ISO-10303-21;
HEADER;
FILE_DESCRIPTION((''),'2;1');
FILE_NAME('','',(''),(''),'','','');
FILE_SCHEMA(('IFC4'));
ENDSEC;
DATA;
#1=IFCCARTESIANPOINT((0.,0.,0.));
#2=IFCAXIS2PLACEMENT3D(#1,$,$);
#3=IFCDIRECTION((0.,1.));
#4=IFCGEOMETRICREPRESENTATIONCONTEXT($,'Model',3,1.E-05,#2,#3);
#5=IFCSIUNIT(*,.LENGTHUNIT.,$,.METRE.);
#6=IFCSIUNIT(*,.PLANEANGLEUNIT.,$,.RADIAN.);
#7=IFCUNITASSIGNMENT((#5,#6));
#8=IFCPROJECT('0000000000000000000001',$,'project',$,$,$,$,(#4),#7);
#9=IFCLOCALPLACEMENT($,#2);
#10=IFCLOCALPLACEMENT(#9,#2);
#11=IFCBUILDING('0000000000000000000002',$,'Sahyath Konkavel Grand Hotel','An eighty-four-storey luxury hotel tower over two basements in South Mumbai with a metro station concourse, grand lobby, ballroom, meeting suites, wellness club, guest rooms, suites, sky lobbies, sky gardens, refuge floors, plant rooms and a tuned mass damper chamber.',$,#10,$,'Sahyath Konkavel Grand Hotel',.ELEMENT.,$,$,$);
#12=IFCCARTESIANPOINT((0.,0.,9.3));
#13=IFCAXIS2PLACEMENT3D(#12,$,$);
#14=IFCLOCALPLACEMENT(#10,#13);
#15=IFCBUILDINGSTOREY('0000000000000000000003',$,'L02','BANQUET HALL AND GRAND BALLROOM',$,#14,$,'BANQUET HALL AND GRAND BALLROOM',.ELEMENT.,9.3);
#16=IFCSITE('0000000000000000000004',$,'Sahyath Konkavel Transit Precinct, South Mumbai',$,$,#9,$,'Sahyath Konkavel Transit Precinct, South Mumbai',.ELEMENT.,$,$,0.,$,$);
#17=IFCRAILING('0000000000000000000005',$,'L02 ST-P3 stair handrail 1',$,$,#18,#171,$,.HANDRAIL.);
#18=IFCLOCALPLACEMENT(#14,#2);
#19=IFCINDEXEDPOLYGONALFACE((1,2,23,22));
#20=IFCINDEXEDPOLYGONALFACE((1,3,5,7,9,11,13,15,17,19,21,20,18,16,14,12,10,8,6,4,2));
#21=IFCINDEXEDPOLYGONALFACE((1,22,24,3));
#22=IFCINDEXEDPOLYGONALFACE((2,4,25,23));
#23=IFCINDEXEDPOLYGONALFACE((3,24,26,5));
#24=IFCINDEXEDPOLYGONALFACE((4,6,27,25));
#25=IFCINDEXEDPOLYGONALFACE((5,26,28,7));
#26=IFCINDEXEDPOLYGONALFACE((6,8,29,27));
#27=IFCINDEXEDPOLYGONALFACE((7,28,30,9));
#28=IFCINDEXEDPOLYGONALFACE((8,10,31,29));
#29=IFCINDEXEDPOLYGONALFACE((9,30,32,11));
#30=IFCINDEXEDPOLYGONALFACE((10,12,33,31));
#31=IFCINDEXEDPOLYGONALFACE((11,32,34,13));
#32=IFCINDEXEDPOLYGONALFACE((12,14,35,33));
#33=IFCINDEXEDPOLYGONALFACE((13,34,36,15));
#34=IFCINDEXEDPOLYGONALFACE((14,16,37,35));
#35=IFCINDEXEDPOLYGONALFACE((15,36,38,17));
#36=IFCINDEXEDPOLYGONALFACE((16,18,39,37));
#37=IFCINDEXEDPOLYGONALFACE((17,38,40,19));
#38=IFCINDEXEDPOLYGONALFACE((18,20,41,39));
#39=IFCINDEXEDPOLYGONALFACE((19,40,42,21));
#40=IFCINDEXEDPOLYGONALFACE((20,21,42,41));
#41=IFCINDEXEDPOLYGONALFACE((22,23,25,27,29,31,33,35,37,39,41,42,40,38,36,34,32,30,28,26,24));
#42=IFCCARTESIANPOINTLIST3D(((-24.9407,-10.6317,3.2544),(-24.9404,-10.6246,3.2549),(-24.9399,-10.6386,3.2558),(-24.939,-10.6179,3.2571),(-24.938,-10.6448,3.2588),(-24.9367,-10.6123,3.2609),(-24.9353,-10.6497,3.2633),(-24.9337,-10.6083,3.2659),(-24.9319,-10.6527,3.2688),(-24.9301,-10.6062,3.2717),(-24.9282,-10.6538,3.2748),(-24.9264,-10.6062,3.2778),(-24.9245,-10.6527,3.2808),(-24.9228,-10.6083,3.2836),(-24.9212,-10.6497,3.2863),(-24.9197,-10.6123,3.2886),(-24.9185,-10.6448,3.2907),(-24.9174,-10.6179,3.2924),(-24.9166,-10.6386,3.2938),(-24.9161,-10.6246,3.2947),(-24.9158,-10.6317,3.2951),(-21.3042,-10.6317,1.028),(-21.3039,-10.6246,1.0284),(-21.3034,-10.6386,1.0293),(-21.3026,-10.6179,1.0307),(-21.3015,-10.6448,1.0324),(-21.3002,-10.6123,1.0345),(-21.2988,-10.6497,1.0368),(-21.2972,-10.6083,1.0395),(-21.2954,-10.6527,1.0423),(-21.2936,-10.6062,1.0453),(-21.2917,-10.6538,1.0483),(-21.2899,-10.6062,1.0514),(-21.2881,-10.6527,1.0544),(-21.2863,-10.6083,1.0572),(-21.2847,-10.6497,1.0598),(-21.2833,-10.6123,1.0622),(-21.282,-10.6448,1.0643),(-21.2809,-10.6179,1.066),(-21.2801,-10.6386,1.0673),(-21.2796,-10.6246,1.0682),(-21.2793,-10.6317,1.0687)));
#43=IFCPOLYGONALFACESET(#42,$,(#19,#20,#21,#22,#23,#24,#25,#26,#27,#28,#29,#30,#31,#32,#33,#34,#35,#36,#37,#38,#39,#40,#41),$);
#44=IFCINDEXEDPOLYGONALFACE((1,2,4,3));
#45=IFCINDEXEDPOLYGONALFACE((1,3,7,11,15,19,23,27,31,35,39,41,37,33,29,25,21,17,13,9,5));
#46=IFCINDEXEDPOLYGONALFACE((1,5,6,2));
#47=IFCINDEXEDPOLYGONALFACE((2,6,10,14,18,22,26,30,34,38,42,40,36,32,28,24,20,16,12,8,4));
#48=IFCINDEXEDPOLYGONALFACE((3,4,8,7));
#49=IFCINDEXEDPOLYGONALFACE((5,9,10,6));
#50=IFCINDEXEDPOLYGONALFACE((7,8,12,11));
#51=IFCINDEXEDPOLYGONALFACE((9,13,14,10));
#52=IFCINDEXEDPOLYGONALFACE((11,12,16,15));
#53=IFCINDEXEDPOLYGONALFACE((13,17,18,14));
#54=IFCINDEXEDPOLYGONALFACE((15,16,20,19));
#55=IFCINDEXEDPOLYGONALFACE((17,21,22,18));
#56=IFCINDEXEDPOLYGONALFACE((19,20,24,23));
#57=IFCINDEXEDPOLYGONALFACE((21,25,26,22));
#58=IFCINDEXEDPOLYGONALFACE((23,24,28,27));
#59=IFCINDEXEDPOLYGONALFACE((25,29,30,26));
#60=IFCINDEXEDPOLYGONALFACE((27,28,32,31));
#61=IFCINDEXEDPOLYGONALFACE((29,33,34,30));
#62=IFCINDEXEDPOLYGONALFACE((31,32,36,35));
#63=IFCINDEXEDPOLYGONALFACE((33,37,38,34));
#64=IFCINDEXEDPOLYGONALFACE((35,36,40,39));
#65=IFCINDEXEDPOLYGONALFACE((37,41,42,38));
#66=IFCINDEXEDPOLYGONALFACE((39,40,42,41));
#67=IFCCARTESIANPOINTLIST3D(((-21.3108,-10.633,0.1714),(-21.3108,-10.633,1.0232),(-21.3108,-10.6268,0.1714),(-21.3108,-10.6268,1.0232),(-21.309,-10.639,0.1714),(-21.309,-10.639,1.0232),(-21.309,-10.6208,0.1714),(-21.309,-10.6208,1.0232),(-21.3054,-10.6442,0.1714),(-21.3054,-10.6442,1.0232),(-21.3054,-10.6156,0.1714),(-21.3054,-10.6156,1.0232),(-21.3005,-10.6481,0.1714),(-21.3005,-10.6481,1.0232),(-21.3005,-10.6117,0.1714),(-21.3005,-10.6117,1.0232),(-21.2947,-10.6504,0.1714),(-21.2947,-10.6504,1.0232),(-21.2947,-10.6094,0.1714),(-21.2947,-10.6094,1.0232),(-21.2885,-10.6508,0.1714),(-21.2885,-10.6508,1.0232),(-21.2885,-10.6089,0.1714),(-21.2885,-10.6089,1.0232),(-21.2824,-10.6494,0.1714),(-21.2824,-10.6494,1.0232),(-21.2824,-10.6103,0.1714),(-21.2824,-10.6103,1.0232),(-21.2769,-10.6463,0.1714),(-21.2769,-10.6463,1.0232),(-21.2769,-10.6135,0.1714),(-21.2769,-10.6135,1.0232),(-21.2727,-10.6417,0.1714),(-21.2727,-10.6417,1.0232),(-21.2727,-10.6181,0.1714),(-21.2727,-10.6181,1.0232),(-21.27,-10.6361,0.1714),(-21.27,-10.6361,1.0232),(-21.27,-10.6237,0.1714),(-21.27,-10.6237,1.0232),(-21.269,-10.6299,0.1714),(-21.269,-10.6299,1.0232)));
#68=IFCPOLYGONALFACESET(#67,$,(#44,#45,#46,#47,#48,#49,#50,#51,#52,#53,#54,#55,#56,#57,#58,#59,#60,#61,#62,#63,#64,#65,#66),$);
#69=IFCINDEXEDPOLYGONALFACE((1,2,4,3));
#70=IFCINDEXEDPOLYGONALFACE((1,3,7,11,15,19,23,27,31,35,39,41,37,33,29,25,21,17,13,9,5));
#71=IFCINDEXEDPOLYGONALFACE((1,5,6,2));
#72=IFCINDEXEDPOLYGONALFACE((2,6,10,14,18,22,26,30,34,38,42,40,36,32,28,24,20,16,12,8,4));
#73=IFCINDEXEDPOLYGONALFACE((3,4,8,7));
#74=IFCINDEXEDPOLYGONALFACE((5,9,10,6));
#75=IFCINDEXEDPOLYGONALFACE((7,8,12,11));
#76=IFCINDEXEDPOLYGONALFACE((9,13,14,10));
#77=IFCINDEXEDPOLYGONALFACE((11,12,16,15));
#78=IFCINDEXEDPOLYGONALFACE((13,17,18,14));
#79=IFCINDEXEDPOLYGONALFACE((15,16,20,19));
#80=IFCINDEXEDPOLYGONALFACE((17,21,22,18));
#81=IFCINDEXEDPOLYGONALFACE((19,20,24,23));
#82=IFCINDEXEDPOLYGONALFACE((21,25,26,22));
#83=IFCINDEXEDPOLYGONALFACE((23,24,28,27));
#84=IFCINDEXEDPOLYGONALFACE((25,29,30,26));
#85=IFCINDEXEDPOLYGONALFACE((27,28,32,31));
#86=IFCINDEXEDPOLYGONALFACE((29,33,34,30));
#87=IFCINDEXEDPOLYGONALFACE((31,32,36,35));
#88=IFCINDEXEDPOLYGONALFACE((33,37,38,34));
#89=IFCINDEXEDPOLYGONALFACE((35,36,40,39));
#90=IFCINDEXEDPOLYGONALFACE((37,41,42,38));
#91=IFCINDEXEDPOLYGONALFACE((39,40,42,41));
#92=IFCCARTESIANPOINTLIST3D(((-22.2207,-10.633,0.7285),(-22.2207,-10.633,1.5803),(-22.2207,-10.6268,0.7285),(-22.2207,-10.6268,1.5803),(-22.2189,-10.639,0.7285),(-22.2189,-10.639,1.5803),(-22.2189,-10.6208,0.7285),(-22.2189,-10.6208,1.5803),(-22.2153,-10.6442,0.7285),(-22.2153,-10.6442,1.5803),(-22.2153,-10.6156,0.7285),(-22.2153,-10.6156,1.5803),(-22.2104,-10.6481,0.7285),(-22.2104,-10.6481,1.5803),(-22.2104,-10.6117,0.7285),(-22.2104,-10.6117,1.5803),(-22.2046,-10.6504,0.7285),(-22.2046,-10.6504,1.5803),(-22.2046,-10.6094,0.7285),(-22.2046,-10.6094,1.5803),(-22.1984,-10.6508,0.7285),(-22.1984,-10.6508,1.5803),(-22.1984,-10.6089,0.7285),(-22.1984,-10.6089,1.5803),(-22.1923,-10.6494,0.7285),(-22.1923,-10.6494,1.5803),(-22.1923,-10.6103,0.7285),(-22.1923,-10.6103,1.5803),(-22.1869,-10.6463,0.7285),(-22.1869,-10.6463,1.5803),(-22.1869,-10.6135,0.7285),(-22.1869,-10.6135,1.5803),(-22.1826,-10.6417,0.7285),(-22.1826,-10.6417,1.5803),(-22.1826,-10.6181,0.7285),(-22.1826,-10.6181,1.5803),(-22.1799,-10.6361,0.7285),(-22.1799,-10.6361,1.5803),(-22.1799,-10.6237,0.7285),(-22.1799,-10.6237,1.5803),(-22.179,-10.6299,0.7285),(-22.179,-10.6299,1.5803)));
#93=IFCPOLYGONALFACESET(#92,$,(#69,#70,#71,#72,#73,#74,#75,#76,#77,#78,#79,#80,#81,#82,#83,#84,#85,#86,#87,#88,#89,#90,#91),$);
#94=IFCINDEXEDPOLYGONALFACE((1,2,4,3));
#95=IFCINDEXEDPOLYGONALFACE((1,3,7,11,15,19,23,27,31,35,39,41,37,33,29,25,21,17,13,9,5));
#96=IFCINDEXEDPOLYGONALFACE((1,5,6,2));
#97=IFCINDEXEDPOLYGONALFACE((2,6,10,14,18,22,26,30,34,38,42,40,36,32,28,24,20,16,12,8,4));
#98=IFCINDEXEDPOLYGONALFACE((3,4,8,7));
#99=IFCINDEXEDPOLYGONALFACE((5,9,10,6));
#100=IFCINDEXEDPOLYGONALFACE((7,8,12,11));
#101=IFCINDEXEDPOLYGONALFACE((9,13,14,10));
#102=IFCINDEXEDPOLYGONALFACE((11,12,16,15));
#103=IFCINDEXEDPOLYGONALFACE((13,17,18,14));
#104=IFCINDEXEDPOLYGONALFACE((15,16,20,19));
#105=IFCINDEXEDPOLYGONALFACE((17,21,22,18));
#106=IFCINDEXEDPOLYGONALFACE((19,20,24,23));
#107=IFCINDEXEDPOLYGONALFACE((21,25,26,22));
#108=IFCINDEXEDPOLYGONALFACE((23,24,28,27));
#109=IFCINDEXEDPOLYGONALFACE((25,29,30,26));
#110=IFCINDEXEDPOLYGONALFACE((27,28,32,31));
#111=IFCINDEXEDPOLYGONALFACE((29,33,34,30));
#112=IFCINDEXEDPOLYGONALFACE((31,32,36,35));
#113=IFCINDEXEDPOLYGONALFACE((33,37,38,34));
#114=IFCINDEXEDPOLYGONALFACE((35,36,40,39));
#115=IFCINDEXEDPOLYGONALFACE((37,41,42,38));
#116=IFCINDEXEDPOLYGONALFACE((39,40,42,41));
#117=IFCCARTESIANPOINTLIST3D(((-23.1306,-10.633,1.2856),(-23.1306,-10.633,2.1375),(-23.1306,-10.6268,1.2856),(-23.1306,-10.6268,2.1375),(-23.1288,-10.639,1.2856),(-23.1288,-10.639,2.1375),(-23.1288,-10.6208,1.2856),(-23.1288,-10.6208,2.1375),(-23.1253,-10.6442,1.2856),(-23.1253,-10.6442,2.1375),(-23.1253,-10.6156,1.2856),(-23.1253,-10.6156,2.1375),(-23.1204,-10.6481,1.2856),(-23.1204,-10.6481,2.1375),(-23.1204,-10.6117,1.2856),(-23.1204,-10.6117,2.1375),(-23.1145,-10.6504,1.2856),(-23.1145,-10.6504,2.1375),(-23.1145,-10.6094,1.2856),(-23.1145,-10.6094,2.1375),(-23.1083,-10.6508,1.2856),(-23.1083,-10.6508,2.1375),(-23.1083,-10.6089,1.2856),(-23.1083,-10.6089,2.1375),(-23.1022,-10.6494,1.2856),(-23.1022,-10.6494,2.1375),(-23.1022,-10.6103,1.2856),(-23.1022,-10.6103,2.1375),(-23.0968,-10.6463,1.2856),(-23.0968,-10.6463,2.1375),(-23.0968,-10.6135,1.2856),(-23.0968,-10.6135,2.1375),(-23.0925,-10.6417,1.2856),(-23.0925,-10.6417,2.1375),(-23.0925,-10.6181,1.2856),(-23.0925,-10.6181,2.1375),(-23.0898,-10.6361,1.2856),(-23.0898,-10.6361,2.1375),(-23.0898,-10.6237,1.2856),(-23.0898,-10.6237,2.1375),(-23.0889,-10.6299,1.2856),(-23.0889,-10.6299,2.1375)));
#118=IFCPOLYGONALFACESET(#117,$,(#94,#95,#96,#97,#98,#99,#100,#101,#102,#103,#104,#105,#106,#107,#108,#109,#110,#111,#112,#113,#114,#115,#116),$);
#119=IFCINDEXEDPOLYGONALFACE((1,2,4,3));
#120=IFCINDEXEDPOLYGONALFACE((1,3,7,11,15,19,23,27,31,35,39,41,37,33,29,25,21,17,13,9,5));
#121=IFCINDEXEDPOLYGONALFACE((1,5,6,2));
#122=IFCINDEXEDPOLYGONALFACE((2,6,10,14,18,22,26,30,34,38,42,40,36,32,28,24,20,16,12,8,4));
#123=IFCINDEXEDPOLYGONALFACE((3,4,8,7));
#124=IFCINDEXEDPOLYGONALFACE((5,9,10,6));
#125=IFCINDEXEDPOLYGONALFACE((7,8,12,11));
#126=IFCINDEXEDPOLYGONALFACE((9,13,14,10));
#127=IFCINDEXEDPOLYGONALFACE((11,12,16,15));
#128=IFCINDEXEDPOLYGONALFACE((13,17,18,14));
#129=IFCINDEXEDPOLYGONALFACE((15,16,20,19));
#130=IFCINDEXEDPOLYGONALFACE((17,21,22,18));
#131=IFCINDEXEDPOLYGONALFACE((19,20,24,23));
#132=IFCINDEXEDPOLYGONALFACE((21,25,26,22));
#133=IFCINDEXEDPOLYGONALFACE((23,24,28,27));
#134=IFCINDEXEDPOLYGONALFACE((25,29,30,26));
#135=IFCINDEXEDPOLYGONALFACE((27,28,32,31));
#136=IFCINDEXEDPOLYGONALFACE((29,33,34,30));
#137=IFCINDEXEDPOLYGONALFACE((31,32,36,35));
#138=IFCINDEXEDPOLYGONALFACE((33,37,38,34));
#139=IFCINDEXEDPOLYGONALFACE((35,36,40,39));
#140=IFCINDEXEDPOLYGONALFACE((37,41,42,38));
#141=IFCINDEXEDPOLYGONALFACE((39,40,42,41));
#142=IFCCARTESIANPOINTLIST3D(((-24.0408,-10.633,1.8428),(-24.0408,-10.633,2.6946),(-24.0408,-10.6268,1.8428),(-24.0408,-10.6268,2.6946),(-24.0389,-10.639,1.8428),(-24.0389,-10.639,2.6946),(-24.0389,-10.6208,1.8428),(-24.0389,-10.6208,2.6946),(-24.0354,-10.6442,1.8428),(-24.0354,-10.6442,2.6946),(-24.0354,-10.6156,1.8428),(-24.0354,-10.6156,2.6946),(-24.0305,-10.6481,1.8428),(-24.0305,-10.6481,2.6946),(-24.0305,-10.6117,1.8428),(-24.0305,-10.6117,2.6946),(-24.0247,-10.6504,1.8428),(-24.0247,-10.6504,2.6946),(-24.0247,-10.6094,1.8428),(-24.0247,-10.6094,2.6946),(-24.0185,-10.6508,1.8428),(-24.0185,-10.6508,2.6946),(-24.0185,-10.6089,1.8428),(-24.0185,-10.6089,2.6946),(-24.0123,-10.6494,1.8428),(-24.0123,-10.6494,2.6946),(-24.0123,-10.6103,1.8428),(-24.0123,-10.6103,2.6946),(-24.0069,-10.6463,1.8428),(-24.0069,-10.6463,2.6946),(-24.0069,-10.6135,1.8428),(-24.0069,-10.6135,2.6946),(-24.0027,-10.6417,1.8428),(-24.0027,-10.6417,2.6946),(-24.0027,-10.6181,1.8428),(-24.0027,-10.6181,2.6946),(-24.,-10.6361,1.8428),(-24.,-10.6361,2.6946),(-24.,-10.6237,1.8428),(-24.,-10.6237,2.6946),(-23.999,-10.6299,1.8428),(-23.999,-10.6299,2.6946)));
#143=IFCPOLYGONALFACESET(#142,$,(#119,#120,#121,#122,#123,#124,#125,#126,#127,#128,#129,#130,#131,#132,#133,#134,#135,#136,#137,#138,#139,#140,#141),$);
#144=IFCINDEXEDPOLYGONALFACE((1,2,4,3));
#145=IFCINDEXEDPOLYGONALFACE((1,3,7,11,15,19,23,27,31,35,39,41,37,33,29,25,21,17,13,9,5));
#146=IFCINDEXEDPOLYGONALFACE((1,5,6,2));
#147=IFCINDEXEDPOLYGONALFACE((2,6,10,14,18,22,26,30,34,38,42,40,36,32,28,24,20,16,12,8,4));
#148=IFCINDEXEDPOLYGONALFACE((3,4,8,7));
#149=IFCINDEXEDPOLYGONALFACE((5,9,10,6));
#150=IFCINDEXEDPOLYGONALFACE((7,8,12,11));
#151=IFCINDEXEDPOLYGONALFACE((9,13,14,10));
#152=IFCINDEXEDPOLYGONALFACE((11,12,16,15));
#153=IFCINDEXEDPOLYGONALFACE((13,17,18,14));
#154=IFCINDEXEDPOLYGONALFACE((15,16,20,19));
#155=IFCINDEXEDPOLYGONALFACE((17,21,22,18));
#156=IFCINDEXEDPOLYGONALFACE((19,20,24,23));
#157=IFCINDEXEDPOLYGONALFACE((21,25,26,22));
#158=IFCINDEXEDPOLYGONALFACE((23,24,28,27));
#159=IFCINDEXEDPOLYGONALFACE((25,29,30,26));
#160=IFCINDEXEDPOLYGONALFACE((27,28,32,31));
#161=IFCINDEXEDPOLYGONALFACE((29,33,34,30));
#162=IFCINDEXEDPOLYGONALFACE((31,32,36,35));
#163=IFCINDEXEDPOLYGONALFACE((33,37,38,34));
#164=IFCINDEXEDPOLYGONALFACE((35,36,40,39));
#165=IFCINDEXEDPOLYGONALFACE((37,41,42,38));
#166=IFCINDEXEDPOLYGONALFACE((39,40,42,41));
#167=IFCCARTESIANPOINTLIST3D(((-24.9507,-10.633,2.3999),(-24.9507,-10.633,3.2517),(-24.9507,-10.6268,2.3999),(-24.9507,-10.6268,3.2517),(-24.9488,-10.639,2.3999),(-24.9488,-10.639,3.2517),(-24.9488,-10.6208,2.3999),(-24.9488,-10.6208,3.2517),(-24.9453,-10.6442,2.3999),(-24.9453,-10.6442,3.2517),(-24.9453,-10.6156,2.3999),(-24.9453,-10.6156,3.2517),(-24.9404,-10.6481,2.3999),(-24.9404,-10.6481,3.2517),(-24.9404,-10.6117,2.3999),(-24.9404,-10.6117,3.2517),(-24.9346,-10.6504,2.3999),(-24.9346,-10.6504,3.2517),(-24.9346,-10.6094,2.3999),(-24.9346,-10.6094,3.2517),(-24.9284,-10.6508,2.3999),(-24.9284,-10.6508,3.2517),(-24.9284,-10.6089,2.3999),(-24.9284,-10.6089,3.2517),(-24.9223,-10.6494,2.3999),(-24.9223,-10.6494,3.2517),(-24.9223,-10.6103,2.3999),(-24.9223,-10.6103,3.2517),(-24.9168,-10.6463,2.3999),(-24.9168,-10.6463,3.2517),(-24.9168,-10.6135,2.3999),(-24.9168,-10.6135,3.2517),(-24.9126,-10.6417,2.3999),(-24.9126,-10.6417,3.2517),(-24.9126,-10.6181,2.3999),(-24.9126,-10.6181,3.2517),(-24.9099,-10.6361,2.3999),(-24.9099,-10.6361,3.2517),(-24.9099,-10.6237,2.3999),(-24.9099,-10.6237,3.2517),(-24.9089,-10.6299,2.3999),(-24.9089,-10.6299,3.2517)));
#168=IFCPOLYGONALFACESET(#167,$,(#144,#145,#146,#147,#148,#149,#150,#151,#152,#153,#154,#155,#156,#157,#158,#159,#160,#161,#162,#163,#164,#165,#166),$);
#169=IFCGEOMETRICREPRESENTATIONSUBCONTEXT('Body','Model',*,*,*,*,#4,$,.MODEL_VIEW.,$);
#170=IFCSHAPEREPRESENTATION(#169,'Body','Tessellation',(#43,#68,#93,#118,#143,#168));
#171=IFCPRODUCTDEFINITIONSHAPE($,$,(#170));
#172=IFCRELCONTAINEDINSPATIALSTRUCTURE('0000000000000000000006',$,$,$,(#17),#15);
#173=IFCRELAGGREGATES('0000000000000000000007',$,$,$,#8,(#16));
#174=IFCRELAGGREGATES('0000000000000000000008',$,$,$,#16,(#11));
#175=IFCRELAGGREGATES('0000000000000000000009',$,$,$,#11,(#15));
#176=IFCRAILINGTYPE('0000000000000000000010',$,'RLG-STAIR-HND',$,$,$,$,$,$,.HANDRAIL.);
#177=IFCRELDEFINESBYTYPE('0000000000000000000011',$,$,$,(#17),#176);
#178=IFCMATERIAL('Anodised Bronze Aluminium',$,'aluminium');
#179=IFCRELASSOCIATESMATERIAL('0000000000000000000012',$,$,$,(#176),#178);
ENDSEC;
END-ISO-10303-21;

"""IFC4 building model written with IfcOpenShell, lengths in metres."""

from ifc_helpers import new_model, si_unit, direction, frame, origin, origin_2d, place, context, subcontext, project, spatial, circle, extrude, material, type_object, element, save


model = new_model("IFC4")

# Units and contexts
model_context = context("Model", 3, precision=1e-05, world=origin(), true_north=direction((0.0, 1.0)))
body_context = subcontext(model_context, "Body", "Model", "MODEL_VIEW")
ifc_project = project(units=[si_unit("LENGTHUNIT", "METRE"), si_unit("PLANEANGLEUNIT", "RADIAN")], contexts=[model_context])

# Site, building, storey
site_placement = place(None, origin())
site = spatial("IfcSite", under=ifc_project, at=site_placement, Name="Sahyath Konkavel Transit Precinct, South Mumbai", LongName="Sahyath Konkavel Transit Precinct, South Mumbai", CompositionType="ELEMENT", RefElevation=0.0)
building_placement = place(site_placement, origin())
building = spatial("IfcBuilding", under=site, at=building_placement, Name="Sahyath Konkavel Grand Hotel", Description="An eighty-four-storey luxury hotel tower over two basements in South Mumbai with a metro station concourse, grand lobby, ballroom, meeting suites, wellness club, guest rooms, suites, sky lobbies, sky gardens, refuge floors, plant rooms and a tuned mass damper chamber.", LongName="Sahyath Konkavel Grand Hotel", CompositionType="ELEMENT")
storey_placement = place(building_placement, frame((0.0, 0.0, 9.3)))
storey = spatial("IfcBuildingStorey", under=building, at=storey_placement, Name="L02", Description="BANQUET HALL AND GRAND BALLROOM", LongName="BANQUET HALL AND GRAND BALLROOM", CompositionType="ELEMENT", Elevation=9.3)

# Shared definitions
ifc_material_1 = material(Name="Anodised Bronze Aluminium", Category="aluminium")

# Railing
railing_type_1 = type_object("IfcRailingType", Name="RLG-STAIR-HND", PredefinedType="HANDRAIL", material=ifc_material_1)
railing_1_placement = place(storey_placement, frame((-21.29, -10.6299, 0.1714)))
element("IfcRailing", 1, at=railing_1_placement, inside=storey, type_object=railing_type_1, Name="L02 ST-P3 stair handrail 1", PredefinedType="HANDRAIL", context=body_context, shape_type="SweptSolid", body=[
    extrude(circle(Radius=0.0239, at=origin_2d()), frame((-0.0017, 0.0, 0.877), z_axis=(-0.85285, 0.0, 0.522156), x_axis=(0.0, -1.0, 0.0)), (0.0, 0.0, 1.0), 4.2639),
    extrude(circle(Radius=0.021, at=origin_2d()), origin(), (0.0, 0.0, 1.0), 0.8518),
    extrude(circle(Radius=0.021, at=origin_2d()), frame((-0.9099, 0.0, 0.5571)), (0.0, 0.0, 1.0), 0.8518),
    extrude(circle(Radius=0.021, at=origin_2d()), frame((-1.8198, 0.0, 1.1143)), (0.0, 0.0, 1.0), 0.8518),
    extrude(circle(Radius=0.021, at=origin_2d()), frame((-2.73, 0.0, 1.6714)), (0.0, 0.0, 1.0), 0.8518),
    extrude(circle(Radius=0.021, at=origin_2d()), frame((-3.6399, 0.0, 2.2285)), (0.0, 0.0, 1.0), 0.8518),
])

save(model, "model.ifc")
